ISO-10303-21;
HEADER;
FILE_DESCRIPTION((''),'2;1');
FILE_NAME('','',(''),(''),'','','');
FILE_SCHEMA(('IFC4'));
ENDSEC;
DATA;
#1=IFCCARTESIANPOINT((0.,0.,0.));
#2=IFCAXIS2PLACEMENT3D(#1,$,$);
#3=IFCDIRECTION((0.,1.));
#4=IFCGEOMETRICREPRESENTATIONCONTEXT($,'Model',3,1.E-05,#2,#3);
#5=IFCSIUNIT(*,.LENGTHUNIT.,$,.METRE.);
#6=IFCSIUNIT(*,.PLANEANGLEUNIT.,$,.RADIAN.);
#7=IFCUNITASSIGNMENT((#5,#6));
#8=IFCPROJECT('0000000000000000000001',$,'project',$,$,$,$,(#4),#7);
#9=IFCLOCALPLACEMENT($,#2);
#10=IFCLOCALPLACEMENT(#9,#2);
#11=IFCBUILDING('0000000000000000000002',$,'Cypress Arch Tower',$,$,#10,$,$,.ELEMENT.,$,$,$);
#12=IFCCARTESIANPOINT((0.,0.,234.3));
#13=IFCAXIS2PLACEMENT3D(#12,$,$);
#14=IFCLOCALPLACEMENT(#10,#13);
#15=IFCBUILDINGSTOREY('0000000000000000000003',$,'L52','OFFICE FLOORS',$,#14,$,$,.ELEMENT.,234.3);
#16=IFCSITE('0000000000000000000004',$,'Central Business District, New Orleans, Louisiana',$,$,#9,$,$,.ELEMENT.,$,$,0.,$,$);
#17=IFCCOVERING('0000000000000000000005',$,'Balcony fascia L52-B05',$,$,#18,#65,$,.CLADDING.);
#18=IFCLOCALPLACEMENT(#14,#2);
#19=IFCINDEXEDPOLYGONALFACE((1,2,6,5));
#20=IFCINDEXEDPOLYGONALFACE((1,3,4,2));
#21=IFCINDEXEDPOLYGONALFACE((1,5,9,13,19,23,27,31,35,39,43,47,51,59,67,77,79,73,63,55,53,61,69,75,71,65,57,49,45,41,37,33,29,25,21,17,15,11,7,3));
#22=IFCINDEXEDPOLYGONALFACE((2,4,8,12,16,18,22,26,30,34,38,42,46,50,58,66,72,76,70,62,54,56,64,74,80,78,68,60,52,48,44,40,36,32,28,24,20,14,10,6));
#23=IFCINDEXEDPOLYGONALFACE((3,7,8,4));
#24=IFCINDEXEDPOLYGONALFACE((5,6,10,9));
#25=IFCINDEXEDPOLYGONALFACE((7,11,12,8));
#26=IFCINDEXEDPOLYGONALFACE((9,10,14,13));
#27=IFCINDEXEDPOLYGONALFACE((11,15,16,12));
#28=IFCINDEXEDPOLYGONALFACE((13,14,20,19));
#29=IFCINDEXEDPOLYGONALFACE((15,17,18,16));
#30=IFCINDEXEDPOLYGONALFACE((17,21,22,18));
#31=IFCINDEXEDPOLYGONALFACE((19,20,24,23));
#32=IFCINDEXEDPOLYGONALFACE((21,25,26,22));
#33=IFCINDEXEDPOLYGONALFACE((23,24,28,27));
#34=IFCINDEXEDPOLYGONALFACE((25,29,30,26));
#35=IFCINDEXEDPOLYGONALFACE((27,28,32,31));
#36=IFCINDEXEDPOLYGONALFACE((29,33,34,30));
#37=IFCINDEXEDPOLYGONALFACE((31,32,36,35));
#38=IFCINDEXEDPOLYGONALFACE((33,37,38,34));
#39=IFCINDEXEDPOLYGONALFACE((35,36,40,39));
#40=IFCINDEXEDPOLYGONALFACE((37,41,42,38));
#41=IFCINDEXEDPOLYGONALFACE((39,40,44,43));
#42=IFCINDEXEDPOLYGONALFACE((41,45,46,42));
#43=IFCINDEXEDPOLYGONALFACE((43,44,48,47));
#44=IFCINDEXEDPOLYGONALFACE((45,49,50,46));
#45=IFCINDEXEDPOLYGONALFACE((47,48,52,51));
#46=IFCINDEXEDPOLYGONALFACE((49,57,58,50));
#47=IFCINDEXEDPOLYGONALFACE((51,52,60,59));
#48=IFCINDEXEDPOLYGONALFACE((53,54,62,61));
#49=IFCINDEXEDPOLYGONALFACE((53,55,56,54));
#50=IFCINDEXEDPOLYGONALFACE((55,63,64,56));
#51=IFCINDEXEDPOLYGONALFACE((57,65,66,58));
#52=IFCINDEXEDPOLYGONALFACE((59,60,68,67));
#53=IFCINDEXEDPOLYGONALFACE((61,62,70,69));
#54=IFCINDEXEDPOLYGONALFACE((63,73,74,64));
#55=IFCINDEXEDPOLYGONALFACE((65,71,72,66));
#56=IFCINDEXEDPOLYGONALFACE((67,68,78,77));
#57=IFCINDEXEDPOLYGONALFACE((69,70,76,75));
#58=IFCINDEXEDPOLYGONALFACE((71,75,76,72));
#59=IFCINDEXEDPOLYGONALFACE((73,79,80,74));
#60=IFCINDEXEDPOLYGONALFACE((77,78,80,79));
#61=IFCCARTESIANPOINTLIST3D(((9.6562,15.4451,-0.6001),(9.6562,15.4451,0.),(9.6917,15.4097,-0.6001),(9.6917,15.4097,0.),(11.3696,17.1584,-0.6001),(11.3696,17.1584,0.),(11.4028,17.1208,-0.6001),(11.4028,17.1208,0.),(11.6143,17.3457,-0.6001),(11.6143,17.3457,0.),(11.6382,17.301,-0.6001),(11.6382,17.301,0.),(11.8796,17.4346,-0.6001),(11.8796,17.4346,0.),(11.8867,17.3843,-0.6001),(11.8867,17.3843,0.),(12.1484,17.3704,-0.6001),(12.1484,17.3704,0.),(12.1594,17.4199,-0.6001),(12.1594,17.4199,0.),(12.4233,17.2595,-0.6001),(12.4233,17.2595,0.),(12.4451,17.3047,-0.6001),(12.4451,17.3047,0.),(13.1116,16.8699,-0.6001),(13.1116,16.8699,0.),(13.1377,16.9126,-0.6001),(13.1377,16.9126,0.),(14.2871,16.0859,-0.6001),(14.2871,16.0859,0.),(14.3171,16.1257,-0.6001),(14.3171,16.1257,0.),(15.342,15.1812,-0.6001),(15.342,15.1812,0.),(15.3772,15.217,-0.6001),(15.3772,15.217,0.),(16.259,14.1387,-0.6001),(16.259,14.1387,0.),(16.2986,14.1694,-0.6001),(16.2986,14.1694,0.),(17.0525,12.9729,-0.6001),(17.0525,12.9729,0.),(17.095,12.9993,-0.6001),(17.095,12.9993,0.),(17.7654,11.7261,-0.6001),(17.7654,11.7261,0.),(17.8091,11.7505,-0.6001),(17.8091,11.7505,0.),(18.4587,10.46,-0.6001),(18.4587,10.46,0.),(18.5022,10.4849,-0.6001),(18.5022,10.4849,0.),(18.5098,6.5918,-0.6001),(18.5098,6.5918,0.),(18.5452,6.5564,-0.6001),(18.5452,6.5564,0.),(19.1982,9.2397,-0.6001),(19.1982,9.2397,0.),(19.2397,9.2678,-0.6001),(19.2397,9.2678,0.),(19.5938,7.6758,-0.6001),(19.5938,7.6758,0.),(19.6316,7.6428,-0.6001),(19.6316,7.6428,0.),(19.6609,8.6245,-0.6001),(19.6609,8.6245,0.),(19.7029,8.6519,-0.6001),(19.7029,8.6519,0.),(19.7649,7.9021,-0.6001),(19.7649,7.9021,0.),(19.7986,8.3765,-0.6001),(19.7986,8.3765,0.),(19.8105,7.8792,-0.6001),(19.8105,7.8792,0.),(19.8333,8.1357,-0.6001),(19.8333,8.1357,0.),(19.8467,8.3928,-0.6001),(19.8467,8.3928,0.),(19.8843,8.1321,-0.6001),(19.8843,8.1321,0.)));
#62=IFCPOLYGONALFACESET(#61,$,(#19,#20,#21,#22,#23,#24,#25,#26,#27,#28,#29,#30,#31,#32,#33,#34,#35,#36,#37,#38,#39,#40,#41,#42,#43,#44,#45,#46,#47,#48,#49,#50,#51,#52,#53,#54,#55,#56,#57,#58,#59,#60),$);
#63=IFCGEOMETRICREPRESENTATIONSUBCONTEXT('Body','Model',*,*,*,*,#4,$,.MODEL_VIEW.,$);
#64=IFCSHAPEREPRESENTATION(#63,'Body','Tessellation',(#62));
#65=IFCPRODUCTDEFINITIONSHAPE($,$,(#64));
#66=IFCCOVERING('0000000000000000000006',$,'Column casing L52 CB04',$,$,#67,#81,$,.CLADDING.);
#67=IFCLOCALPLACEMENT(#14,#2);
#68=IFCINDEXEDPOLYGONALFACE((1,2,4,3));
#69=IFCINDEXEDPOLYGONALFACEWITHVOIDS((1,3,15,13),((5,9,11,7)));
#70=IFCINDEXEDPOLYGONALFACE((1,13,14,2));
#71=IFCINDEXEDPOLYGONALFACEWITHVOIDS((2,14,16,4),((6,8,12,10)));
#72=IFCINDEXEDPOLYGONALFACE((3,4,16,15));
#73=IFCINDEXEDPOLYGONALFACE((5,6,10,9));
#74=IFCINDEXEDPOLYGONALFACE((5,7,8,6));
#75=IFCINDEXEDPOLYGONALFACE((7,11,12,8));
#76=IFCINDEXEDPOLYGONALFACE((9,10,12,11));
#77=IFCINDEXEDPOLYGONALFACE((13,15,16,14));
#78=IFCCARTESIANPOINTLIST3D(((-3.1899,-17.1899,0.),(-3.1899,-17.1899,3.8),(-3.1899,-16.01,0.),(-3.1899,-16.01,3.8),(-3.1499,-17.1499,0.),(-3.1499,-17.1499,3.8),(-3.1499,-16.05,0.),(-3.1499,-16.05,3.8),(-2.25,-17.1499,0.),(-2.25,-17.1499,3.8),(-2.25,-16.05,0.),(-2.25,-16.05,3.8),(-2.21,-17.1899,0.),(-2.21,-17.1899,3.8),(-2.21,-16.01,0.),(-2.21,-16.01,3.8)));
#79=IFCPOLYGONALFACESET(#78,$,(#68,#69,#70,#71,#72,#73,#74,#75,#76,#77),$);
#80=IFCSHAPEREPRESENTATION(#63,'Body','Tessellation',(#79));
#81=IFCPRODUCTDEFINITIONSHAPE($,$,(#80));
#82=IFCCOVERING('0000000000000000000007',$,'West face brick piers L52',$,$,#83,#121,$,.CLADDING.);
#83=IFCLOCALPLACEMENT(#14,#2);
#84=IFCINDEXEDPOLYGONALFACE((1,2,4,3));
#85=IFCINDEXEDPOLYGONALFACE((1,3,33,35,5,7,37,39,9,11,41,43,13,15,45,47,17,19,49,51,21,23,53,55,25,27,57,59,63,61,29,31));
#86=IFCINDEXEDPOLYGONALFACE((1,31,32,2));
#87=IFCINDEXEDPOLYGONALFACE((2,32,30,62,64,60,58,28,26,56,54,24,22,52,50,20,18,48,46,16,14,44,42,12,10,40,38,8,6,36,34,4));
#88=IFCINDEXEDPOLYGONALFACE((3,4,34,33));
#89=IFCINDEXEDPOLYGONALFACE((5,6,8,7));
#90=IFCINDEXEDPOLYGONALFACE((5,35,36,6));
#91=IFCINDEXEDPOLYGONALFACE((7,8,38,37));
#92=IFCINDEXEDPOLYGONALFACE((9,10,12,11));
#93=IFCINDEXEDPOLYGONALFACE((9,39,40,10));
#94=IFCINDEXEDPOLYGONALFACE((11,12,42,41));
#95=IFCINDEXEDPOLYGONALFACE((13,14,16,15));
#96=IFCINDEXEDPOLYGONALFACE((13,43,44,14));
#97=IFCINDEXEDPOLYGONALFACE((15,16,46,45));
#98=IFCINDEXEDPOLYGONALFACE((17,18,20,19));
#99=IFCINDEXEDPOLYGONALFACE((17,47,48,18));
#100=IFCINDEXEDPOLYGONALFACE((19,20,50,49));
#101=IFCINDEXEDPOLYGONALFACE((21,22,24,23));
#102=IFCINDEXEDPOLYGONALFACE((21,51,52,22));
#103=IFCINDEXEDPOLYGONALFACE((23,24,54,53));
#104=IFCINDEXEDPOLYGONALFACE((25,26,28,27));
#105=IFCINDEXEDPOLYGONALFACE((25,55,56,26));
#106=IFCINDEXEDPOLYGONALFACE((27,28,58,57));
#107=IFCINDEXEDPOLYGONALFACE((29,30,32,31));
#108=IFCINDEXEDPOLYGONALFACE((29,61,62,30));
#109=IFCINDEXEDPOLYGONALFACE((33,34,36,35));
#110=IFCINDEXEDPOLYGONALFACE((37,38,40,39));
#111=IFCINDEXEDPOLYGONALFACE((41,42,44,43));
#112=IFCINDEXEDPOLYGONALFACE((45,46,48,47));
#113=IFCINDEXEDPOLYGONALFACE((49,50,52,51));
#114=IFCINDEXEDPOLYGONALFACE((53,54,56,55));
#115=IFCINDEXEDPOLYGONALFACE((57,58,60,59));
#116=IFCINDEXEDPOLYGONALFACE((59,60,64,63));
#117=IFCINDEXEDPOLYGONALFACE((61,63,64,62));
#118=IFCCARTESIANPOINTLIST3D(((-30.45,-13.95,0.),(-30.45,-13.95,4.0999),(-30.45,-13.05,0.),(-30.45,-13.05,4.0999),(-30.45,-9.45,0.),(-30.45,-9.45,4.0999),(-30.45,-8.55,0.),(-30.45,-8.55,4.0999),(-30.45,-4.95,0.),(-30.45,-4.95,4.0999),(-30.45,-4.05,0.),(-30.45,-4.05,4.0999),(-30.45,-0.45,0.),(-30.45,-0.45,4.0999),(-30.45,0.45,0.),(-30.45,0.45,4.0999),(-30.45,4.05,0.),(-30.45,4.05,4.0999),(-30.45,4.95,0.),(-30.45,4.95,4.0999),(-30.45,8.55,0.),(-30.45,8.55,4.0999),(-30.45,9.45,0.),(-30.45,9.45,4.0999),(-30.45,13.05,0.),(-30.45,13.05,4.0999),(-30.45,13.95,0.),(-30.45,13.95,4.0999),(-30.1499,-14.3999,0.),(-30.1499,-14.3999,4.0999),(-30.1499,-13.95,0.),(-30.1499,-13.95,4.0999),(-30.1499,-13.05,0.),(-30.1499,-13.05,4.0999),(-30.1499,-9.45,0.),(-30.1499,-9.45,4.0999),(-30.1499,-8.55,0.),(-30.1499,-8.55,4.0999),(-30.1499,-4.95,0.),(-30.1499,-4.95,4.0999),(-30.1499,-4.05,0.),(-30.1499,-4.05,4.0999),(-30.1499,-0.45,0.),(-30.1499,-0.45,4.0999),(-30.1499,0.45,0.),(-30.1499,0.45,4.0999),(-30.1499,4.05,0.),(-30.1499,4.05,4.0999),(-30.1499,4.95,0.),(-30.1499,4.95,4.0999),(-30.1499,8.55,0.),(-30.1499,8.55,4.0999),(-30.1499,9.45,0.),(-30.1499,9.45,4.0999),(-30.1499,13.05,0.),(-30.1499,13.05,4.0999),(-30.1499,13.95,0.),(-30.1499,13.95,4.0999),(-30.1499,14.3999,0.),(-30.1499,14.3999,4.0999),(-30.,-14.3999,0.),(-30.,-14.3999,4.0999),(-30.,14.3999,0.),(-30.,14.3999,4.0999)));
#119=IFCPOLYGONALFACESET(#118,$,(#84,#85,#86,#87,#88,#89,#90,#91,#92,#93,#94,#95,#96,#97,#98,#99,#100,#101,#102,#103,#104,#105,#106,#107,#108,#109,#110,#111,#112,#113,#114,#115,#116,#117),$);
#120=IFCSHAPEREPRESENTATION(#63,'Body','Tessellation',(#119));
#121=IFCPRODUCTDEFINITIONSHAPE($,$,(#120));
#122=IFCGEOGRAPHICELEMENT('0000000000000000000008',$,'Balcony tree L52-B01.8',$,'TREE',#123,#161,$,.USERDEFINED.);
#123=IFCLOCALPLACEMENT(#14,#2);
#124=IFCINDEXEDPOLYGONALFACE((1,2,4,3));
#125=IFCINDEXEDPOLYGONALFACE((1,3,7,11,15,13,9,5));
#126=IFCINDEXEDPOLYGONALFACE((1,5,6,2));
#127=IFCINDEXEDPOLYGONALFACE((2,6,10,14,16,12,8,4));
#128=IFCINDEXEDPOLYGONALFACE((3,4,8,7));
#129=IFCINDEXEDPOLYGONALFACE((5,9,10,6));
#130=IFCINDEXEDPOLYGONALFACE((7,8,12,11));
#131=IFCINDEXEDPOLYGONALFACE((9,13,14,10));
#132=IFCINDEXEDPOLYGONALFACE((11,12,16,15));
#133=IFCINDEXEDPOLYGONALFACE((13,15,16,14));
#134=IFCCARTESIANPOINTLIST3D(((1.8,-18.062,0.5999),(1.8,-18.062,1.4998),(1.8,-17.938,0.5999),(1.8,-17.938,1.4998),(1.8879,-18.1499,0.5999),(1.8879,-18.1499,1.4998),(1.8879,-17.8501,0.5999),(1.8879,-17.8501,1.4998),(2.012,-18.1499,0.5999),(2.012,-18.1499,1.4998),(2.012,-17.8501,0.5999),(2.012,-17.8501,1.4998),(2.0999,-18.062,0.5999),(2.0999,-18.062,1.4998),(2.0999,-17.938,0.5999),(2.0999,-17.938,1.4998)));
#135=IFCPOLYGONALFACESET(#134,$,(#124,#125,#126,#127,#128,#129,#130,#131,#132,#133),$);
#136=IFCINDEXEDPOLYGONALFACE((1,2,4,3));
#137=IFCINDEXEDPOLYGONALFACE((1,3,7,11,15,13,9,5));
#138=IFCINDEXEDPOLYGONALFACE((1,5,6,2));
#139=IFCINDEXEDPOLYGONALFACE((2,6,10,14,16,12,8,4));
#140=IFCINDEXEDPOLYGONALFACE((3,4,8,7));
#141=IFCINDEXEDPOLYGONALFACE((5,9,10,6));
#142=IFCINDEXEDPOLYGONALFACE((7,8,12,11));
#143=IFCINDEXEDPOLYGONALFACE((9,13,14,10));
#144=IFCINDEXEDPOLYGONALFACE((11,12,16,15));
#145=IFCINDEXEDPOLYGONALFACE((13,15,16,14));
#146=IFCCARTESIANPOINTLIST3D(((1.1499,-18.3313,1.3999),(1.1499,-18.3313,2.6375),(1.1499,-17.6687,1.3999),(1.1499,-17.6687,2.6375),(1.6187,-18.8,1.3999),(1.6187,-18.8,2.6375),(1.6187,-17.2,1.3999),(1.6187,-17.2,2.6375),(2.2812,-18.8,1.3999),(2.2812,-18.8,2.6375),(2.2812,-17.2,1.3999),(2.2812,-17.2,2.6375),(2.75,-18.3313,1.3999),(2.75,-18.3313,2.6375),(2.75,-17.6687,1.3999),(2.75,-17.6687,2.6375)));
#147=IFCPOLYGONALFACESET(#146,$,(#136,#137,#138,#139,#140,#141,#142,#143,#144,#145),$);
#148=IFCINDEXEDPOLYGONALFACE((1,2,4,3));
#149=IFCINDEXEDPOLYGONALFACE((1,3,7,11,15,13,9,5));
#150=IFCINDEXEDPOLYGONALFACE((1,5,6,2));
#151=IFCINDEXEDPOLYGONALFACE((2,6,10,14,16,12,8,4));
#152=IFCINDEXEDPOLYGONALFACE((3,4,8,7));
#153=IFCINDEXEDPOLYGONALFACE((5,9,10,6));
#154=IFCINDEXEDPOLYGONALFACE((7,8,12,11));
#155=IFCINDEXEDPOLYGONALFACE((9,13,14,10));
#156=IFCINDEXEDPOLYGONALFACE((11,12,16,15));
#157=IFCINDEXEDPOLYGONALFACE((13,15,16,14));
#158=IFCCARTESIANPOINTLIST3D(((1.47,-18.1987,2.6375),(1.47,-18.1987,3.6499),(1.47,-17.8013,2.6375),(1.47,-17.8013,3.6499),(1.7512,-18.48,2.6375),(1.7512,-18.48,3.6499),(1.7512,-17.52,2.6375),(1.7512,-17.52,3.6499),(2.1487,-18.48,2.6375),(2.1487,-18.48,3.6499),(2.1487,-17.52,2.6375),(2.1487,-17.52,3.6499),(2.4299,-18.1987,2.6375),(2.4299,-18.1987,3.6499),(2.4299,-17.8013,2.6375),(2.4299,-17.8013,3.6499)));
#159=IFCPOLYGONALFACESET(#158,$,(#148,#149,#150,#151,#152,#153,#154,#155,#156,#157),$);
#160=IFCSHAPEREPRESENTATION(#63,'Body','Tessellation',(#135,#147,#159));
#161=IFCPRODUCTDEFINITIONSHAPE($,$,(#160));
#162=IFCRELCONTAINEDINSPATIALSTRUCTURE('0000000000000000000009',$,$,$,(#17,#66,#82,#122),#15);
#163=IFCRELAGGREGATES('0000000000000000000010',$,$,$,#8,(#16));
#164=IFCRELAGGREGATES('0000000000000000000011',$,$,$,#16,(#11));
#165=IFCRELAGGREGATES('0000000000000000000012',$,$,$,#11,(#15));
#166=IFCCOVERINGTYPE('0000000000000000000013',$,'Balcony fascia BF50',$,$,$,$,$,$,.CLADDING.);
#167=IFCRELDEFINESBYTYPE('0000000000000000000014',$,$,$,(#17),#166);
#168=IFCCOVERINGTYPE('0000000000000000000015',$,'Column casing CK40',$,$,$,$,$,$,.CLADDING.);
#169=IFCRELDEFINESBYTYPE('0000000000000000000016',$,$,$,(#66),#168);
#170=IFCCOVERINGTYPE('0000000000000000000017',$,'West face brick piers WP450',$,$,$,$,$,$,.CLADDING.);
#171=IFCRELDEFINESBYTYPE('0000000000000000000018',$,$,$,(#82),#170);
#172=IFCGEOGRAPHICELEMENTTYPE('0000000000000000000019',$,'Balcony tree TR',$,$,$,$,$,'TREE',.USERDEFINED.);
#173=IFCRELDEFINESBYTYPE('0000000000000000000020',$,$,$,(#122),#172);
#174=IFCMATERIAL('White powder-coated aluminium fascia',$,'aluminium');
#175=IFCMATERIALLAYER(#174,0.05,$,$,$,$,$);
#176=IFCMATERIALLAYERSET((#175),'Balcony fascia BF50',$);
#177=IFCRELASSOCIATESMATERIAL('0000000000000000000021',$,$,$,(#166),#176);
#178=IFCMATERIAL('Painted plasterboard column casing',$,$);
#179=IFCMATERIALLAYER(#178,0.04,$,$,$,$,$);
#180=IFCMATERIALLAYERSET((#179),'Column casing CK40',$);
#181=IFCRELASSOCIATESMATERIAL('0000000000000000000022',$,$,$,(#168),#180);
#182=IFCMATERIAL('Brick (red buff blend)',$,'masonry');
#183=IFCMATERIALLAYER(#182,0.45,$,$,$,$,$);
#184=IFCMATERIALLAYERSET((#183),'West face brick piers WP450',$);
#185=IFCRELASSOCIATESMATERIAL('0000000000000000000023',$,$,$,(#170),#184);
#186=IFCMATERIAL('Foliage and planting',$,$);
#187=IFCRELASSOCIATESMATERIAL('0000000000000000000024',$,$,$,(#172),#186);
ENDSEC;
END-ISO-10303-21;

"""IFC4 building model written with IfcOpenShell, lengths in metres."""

from ifc_helpers import new_model, si_unit, direction, frame, origin, place, context, subcontext, project, spatial, polyline, outline, extrude, material, layer, layer_set, type_object, element, save


model = new_model("IFC4")

# Units and contexts
model_context = context("Model", 3, precision=1e-05, world=origin(), true_north=direction((0.0, 1.0)))
body_context = subcontext(model_context, "Body", "Model", "MODEL_VIEW")
ifc_project = project(units=[si_unit("LENGTHUNIT", "METRE"), si_unit("PLANEANGLEUNIT", "RADIAN")], contexts=[model_context])

# Site, building, storey
site_placement = place(None, origin())
site = spatial("IfcSite", under=ifc_project, at=site_placement, Name="Central Business District, New Orleans, Louisiana", CompositionType="ELEMENT", RefElevation=0.0)
building_placement = place(site_placement, origin())
building = spatial("IfcBuilding", under=site, at=building_placement, Name="Cypress Arch Tower", CompositionType="ELEMENT")
storey_placement = place(building_placement, frame((0.0, 0.0, 234.3)))
storey = spatial("IfcBuildingStorey", under=building, at=storey_placement, Name="L52", Description="OFFICE FLOORS", CompositionType="ELEMENT", Elevation=234.3)

# Coverings
ifc_material_1 = material(Name="White powder-coated aluminium fascia", Category="aluminium")
ifc_layer_1 = layer(ifc_material_1, 0.05)
ifc_layer_set_1 = layer_set([ifc_layer_1], Name="Balcony fascia BF50")
covering_type_1 = type_object("IfcCoveringType", Name="Balcony fascia BF50", PredefinedType="CLADDING", material=ifc_layer_set_1)
covering_1_placement = place(storey_placement, frame((0.0, 0.0, -0.6001)))
element("IfcCovering", 1, at=covering_1_placement, inside=storey, type_object=covering_type_1, Name="Balcony fascia L52-B05", PredefinedType="CLADDING", context=body_context, shape_type="SweptSolid", body=[
    extrude(outline(polyline([(11.3696, 17.1584), (11.6143, 17.3457), (11.8796, 17.4346), (12.1594, 17.4199), (12.4451, 17.3047), (13.1377, 16.9126), (14.3171, 16.1257), (15.3772, 15.217), (16.2986, 14.1694), (17.095, 12.9993), (17.8091, 11.7505), (18.5022, 10.4849), (19.2397, 9.2678), (19.7029, 8.6519), (19.8467, 8.3928), (19.8843, 8.1321), (19.8105, 7.8792), (19.6316, 7.6428), (18.5452, 6.5564), (18.5098, 6.5918), (19.5938, 7.6758), (19.7649, 7.9021), (19.8333, 8.1357), (19.7986, 8.3765), (19.6609, 8.6245), (19.1982, 9.2397), (18.4587, 10.46), (17.7654, 11.7261), (17.0525, 12.9729), (16.259, 14.1387), (15.342, 15.1812), (14.2871, 16.0859), (13.1116, 16.8699), (12.4233, 17.2595), (12.1484, 17.3704), (11.8867, 17.3843), (11.6382, 17.301), (11.4028, 17.1208), (9.6917, 15.4097), (9.6562, 15.4451), (11.3696, 17.1584)])), origin(), (0.0, 0.0, 1.0), 0.6001),
])
ifc_material_2 = material(Name="Painted plasterboard column casing")
ifc_layer_2 = layer(ifc_material_2, 0.04)
ifc_layer_set_2 = layer_set([ifc_layer_2], Name="Column casing CK40")
covering_type_2 = type_object("IfcCoveringType", Name="Column casing CK40", PredefinedType="CLADDING", material=ifc_layer_set_2)
covering_2_placement = place(storey_placement, origin())
element("IfcCovering", 2, at=covering_2_placement, inside=storey, type_object=covering_type_2, Name="Column casing L52 CB04", PredefinedType="CLADDING", context=body_context, shape_type="SweptSolid", body=[
    extrude(outline(polyline([(-3.1899, -17.1899), (-3.1899, -16.01), (-2.21, -16.01), (-2.21, -17.1899), (-3.1899, -17.1899)]), holes=[polyline([(-3.1499, -17.1499), (-2.25, -17.1499), (-2.25, -16.05), (-3.1499, -16.05), (-3.1499, -17.1499)])]), origin(), (0.0, 0.0, 1.0), 3.8),
])
ifc_material_3 = material(Name="Brick (red buff blend)", Category="masonry")
ifc_layer_3 = layer(ifc_material_3, 0.45)
ifc_layer_set_3 = layer_set([ifc_layer_3], Name="West face brick piers WP450")
covering_type_3 = type_object("IfcCoveringType", Name="West face brick piers WP450", PredefinedType="CLADDING", material=ifc_layer_set_3)
covering_3_placement = place(storey_placement, origin())
element("IfcCovering", 3, at=covering_3_placement, inside=storey, type_object=covering_type_3, Name="West face brick piers L52", PredefinedType="CLADDING", context=body_context, shape_type="SweptSolid", body=[
    extrude(outline(polyline([(-30.1499, -13.05), (-30.1499, -9.45), (-30.45, -9.45), (-30.45, -8.55), (-30.1499, -8.55), (-30.1499, -4.95), (-30.45, -4.95), (-30.45, -4.05), (-30.1499, -4.05), (-30.1499, -0.45), (-30.45, -0.45), (-30.45, 0.45), (-30.1499, 0.45), (-30.1499, 4.05), (-30.45, 4.05), (-30.45, 4.95), (-30.1499, 4.95), (-30.1499, 8.55), (-30.45, 8.55), (-30.45, 9.45), (-30.1499, 9.45), (-30.1499, 13.05), (-30.45, 13.05), (-30.45, 13.95), (-30.1499, 13.95), (-30.1499, 14.3999), (-30.0, 14.3999), (-30.0, -14.3999), (-30.1499, -14.3999), (-30.1499, -13.95), (-30.45, -13.95), (-30.45, -13.05), (-30.1499, -13.05)])), origin(), (0.0, 0.0, 1.0), 4.0999),
])

# Geographic element
ifc_material_4 = material(Name="Foliage and planting")
geographic_element_type = type_object("IfcGeographicElementType", Name="Balcony tree TR", ElementType="TREE", PredefinedType="USERDEFINED", material=ifc_material_4)
for number, where, z_axis, x_axis, name in (
    (4, (1.95, -18.0, 0.5999), (0.0, 0.0, 1.0), (1.0, 0.0, 0.0), "Balcony tree L52-B01.8"),
):
    element("IfcGeographicElement", number, at=place(storey_placement, frame(where, z_axis=z_axis, x_axis=x_axis)), inside=storey, type_object=geographic_element_type, Name=name, ObjectType="TREE", PredefinedType="USERDEFINED", context=body_context, shape_type="SweptSolid", body=[
        extrude(outline(polyline([(0.1499, 0.062), (0.062, 0.1499), (-0.062, 0.1499), (-0.1499, 0.062), (-0.1499, -0.062), (-0.062, -0.1499), (0.062, -0.1499), (0.1499, -0.062), (0.1499, 0.062)])), origin(), (0.0, 0.0, 1.0), 0.8999),
        extrude(outline(polyline([(0.8, 0.3313), (0.3313, 0.8), (-0.3313, 0.8), (-0.8, 0.3313), (-0.8, -0.3313), (-0.3313, -0.8), (0.3313, -0.8), (0.8, -0.3313), (0.8, 0.3313)])), frame((0.0, 0.0, 0.8)), (0.0, 0.0, 1.0), 1.2375),
        extrude(outline(polyline([(0.48, 0.1987), (0.1987, 0.48), (-0.1987, 0.48), (-0.48, 0.1987), (-0.48, -0.1987), (-0.1987, -0.48), (0.1987, -0.48), (0.48, -0.1987), (0.48, 0.1987)])), frame((0.0, 0.0, 2.0376)), (0.0, 0.0, 1.0), 1.0125),
    ])

save(model, "model.ifc")
